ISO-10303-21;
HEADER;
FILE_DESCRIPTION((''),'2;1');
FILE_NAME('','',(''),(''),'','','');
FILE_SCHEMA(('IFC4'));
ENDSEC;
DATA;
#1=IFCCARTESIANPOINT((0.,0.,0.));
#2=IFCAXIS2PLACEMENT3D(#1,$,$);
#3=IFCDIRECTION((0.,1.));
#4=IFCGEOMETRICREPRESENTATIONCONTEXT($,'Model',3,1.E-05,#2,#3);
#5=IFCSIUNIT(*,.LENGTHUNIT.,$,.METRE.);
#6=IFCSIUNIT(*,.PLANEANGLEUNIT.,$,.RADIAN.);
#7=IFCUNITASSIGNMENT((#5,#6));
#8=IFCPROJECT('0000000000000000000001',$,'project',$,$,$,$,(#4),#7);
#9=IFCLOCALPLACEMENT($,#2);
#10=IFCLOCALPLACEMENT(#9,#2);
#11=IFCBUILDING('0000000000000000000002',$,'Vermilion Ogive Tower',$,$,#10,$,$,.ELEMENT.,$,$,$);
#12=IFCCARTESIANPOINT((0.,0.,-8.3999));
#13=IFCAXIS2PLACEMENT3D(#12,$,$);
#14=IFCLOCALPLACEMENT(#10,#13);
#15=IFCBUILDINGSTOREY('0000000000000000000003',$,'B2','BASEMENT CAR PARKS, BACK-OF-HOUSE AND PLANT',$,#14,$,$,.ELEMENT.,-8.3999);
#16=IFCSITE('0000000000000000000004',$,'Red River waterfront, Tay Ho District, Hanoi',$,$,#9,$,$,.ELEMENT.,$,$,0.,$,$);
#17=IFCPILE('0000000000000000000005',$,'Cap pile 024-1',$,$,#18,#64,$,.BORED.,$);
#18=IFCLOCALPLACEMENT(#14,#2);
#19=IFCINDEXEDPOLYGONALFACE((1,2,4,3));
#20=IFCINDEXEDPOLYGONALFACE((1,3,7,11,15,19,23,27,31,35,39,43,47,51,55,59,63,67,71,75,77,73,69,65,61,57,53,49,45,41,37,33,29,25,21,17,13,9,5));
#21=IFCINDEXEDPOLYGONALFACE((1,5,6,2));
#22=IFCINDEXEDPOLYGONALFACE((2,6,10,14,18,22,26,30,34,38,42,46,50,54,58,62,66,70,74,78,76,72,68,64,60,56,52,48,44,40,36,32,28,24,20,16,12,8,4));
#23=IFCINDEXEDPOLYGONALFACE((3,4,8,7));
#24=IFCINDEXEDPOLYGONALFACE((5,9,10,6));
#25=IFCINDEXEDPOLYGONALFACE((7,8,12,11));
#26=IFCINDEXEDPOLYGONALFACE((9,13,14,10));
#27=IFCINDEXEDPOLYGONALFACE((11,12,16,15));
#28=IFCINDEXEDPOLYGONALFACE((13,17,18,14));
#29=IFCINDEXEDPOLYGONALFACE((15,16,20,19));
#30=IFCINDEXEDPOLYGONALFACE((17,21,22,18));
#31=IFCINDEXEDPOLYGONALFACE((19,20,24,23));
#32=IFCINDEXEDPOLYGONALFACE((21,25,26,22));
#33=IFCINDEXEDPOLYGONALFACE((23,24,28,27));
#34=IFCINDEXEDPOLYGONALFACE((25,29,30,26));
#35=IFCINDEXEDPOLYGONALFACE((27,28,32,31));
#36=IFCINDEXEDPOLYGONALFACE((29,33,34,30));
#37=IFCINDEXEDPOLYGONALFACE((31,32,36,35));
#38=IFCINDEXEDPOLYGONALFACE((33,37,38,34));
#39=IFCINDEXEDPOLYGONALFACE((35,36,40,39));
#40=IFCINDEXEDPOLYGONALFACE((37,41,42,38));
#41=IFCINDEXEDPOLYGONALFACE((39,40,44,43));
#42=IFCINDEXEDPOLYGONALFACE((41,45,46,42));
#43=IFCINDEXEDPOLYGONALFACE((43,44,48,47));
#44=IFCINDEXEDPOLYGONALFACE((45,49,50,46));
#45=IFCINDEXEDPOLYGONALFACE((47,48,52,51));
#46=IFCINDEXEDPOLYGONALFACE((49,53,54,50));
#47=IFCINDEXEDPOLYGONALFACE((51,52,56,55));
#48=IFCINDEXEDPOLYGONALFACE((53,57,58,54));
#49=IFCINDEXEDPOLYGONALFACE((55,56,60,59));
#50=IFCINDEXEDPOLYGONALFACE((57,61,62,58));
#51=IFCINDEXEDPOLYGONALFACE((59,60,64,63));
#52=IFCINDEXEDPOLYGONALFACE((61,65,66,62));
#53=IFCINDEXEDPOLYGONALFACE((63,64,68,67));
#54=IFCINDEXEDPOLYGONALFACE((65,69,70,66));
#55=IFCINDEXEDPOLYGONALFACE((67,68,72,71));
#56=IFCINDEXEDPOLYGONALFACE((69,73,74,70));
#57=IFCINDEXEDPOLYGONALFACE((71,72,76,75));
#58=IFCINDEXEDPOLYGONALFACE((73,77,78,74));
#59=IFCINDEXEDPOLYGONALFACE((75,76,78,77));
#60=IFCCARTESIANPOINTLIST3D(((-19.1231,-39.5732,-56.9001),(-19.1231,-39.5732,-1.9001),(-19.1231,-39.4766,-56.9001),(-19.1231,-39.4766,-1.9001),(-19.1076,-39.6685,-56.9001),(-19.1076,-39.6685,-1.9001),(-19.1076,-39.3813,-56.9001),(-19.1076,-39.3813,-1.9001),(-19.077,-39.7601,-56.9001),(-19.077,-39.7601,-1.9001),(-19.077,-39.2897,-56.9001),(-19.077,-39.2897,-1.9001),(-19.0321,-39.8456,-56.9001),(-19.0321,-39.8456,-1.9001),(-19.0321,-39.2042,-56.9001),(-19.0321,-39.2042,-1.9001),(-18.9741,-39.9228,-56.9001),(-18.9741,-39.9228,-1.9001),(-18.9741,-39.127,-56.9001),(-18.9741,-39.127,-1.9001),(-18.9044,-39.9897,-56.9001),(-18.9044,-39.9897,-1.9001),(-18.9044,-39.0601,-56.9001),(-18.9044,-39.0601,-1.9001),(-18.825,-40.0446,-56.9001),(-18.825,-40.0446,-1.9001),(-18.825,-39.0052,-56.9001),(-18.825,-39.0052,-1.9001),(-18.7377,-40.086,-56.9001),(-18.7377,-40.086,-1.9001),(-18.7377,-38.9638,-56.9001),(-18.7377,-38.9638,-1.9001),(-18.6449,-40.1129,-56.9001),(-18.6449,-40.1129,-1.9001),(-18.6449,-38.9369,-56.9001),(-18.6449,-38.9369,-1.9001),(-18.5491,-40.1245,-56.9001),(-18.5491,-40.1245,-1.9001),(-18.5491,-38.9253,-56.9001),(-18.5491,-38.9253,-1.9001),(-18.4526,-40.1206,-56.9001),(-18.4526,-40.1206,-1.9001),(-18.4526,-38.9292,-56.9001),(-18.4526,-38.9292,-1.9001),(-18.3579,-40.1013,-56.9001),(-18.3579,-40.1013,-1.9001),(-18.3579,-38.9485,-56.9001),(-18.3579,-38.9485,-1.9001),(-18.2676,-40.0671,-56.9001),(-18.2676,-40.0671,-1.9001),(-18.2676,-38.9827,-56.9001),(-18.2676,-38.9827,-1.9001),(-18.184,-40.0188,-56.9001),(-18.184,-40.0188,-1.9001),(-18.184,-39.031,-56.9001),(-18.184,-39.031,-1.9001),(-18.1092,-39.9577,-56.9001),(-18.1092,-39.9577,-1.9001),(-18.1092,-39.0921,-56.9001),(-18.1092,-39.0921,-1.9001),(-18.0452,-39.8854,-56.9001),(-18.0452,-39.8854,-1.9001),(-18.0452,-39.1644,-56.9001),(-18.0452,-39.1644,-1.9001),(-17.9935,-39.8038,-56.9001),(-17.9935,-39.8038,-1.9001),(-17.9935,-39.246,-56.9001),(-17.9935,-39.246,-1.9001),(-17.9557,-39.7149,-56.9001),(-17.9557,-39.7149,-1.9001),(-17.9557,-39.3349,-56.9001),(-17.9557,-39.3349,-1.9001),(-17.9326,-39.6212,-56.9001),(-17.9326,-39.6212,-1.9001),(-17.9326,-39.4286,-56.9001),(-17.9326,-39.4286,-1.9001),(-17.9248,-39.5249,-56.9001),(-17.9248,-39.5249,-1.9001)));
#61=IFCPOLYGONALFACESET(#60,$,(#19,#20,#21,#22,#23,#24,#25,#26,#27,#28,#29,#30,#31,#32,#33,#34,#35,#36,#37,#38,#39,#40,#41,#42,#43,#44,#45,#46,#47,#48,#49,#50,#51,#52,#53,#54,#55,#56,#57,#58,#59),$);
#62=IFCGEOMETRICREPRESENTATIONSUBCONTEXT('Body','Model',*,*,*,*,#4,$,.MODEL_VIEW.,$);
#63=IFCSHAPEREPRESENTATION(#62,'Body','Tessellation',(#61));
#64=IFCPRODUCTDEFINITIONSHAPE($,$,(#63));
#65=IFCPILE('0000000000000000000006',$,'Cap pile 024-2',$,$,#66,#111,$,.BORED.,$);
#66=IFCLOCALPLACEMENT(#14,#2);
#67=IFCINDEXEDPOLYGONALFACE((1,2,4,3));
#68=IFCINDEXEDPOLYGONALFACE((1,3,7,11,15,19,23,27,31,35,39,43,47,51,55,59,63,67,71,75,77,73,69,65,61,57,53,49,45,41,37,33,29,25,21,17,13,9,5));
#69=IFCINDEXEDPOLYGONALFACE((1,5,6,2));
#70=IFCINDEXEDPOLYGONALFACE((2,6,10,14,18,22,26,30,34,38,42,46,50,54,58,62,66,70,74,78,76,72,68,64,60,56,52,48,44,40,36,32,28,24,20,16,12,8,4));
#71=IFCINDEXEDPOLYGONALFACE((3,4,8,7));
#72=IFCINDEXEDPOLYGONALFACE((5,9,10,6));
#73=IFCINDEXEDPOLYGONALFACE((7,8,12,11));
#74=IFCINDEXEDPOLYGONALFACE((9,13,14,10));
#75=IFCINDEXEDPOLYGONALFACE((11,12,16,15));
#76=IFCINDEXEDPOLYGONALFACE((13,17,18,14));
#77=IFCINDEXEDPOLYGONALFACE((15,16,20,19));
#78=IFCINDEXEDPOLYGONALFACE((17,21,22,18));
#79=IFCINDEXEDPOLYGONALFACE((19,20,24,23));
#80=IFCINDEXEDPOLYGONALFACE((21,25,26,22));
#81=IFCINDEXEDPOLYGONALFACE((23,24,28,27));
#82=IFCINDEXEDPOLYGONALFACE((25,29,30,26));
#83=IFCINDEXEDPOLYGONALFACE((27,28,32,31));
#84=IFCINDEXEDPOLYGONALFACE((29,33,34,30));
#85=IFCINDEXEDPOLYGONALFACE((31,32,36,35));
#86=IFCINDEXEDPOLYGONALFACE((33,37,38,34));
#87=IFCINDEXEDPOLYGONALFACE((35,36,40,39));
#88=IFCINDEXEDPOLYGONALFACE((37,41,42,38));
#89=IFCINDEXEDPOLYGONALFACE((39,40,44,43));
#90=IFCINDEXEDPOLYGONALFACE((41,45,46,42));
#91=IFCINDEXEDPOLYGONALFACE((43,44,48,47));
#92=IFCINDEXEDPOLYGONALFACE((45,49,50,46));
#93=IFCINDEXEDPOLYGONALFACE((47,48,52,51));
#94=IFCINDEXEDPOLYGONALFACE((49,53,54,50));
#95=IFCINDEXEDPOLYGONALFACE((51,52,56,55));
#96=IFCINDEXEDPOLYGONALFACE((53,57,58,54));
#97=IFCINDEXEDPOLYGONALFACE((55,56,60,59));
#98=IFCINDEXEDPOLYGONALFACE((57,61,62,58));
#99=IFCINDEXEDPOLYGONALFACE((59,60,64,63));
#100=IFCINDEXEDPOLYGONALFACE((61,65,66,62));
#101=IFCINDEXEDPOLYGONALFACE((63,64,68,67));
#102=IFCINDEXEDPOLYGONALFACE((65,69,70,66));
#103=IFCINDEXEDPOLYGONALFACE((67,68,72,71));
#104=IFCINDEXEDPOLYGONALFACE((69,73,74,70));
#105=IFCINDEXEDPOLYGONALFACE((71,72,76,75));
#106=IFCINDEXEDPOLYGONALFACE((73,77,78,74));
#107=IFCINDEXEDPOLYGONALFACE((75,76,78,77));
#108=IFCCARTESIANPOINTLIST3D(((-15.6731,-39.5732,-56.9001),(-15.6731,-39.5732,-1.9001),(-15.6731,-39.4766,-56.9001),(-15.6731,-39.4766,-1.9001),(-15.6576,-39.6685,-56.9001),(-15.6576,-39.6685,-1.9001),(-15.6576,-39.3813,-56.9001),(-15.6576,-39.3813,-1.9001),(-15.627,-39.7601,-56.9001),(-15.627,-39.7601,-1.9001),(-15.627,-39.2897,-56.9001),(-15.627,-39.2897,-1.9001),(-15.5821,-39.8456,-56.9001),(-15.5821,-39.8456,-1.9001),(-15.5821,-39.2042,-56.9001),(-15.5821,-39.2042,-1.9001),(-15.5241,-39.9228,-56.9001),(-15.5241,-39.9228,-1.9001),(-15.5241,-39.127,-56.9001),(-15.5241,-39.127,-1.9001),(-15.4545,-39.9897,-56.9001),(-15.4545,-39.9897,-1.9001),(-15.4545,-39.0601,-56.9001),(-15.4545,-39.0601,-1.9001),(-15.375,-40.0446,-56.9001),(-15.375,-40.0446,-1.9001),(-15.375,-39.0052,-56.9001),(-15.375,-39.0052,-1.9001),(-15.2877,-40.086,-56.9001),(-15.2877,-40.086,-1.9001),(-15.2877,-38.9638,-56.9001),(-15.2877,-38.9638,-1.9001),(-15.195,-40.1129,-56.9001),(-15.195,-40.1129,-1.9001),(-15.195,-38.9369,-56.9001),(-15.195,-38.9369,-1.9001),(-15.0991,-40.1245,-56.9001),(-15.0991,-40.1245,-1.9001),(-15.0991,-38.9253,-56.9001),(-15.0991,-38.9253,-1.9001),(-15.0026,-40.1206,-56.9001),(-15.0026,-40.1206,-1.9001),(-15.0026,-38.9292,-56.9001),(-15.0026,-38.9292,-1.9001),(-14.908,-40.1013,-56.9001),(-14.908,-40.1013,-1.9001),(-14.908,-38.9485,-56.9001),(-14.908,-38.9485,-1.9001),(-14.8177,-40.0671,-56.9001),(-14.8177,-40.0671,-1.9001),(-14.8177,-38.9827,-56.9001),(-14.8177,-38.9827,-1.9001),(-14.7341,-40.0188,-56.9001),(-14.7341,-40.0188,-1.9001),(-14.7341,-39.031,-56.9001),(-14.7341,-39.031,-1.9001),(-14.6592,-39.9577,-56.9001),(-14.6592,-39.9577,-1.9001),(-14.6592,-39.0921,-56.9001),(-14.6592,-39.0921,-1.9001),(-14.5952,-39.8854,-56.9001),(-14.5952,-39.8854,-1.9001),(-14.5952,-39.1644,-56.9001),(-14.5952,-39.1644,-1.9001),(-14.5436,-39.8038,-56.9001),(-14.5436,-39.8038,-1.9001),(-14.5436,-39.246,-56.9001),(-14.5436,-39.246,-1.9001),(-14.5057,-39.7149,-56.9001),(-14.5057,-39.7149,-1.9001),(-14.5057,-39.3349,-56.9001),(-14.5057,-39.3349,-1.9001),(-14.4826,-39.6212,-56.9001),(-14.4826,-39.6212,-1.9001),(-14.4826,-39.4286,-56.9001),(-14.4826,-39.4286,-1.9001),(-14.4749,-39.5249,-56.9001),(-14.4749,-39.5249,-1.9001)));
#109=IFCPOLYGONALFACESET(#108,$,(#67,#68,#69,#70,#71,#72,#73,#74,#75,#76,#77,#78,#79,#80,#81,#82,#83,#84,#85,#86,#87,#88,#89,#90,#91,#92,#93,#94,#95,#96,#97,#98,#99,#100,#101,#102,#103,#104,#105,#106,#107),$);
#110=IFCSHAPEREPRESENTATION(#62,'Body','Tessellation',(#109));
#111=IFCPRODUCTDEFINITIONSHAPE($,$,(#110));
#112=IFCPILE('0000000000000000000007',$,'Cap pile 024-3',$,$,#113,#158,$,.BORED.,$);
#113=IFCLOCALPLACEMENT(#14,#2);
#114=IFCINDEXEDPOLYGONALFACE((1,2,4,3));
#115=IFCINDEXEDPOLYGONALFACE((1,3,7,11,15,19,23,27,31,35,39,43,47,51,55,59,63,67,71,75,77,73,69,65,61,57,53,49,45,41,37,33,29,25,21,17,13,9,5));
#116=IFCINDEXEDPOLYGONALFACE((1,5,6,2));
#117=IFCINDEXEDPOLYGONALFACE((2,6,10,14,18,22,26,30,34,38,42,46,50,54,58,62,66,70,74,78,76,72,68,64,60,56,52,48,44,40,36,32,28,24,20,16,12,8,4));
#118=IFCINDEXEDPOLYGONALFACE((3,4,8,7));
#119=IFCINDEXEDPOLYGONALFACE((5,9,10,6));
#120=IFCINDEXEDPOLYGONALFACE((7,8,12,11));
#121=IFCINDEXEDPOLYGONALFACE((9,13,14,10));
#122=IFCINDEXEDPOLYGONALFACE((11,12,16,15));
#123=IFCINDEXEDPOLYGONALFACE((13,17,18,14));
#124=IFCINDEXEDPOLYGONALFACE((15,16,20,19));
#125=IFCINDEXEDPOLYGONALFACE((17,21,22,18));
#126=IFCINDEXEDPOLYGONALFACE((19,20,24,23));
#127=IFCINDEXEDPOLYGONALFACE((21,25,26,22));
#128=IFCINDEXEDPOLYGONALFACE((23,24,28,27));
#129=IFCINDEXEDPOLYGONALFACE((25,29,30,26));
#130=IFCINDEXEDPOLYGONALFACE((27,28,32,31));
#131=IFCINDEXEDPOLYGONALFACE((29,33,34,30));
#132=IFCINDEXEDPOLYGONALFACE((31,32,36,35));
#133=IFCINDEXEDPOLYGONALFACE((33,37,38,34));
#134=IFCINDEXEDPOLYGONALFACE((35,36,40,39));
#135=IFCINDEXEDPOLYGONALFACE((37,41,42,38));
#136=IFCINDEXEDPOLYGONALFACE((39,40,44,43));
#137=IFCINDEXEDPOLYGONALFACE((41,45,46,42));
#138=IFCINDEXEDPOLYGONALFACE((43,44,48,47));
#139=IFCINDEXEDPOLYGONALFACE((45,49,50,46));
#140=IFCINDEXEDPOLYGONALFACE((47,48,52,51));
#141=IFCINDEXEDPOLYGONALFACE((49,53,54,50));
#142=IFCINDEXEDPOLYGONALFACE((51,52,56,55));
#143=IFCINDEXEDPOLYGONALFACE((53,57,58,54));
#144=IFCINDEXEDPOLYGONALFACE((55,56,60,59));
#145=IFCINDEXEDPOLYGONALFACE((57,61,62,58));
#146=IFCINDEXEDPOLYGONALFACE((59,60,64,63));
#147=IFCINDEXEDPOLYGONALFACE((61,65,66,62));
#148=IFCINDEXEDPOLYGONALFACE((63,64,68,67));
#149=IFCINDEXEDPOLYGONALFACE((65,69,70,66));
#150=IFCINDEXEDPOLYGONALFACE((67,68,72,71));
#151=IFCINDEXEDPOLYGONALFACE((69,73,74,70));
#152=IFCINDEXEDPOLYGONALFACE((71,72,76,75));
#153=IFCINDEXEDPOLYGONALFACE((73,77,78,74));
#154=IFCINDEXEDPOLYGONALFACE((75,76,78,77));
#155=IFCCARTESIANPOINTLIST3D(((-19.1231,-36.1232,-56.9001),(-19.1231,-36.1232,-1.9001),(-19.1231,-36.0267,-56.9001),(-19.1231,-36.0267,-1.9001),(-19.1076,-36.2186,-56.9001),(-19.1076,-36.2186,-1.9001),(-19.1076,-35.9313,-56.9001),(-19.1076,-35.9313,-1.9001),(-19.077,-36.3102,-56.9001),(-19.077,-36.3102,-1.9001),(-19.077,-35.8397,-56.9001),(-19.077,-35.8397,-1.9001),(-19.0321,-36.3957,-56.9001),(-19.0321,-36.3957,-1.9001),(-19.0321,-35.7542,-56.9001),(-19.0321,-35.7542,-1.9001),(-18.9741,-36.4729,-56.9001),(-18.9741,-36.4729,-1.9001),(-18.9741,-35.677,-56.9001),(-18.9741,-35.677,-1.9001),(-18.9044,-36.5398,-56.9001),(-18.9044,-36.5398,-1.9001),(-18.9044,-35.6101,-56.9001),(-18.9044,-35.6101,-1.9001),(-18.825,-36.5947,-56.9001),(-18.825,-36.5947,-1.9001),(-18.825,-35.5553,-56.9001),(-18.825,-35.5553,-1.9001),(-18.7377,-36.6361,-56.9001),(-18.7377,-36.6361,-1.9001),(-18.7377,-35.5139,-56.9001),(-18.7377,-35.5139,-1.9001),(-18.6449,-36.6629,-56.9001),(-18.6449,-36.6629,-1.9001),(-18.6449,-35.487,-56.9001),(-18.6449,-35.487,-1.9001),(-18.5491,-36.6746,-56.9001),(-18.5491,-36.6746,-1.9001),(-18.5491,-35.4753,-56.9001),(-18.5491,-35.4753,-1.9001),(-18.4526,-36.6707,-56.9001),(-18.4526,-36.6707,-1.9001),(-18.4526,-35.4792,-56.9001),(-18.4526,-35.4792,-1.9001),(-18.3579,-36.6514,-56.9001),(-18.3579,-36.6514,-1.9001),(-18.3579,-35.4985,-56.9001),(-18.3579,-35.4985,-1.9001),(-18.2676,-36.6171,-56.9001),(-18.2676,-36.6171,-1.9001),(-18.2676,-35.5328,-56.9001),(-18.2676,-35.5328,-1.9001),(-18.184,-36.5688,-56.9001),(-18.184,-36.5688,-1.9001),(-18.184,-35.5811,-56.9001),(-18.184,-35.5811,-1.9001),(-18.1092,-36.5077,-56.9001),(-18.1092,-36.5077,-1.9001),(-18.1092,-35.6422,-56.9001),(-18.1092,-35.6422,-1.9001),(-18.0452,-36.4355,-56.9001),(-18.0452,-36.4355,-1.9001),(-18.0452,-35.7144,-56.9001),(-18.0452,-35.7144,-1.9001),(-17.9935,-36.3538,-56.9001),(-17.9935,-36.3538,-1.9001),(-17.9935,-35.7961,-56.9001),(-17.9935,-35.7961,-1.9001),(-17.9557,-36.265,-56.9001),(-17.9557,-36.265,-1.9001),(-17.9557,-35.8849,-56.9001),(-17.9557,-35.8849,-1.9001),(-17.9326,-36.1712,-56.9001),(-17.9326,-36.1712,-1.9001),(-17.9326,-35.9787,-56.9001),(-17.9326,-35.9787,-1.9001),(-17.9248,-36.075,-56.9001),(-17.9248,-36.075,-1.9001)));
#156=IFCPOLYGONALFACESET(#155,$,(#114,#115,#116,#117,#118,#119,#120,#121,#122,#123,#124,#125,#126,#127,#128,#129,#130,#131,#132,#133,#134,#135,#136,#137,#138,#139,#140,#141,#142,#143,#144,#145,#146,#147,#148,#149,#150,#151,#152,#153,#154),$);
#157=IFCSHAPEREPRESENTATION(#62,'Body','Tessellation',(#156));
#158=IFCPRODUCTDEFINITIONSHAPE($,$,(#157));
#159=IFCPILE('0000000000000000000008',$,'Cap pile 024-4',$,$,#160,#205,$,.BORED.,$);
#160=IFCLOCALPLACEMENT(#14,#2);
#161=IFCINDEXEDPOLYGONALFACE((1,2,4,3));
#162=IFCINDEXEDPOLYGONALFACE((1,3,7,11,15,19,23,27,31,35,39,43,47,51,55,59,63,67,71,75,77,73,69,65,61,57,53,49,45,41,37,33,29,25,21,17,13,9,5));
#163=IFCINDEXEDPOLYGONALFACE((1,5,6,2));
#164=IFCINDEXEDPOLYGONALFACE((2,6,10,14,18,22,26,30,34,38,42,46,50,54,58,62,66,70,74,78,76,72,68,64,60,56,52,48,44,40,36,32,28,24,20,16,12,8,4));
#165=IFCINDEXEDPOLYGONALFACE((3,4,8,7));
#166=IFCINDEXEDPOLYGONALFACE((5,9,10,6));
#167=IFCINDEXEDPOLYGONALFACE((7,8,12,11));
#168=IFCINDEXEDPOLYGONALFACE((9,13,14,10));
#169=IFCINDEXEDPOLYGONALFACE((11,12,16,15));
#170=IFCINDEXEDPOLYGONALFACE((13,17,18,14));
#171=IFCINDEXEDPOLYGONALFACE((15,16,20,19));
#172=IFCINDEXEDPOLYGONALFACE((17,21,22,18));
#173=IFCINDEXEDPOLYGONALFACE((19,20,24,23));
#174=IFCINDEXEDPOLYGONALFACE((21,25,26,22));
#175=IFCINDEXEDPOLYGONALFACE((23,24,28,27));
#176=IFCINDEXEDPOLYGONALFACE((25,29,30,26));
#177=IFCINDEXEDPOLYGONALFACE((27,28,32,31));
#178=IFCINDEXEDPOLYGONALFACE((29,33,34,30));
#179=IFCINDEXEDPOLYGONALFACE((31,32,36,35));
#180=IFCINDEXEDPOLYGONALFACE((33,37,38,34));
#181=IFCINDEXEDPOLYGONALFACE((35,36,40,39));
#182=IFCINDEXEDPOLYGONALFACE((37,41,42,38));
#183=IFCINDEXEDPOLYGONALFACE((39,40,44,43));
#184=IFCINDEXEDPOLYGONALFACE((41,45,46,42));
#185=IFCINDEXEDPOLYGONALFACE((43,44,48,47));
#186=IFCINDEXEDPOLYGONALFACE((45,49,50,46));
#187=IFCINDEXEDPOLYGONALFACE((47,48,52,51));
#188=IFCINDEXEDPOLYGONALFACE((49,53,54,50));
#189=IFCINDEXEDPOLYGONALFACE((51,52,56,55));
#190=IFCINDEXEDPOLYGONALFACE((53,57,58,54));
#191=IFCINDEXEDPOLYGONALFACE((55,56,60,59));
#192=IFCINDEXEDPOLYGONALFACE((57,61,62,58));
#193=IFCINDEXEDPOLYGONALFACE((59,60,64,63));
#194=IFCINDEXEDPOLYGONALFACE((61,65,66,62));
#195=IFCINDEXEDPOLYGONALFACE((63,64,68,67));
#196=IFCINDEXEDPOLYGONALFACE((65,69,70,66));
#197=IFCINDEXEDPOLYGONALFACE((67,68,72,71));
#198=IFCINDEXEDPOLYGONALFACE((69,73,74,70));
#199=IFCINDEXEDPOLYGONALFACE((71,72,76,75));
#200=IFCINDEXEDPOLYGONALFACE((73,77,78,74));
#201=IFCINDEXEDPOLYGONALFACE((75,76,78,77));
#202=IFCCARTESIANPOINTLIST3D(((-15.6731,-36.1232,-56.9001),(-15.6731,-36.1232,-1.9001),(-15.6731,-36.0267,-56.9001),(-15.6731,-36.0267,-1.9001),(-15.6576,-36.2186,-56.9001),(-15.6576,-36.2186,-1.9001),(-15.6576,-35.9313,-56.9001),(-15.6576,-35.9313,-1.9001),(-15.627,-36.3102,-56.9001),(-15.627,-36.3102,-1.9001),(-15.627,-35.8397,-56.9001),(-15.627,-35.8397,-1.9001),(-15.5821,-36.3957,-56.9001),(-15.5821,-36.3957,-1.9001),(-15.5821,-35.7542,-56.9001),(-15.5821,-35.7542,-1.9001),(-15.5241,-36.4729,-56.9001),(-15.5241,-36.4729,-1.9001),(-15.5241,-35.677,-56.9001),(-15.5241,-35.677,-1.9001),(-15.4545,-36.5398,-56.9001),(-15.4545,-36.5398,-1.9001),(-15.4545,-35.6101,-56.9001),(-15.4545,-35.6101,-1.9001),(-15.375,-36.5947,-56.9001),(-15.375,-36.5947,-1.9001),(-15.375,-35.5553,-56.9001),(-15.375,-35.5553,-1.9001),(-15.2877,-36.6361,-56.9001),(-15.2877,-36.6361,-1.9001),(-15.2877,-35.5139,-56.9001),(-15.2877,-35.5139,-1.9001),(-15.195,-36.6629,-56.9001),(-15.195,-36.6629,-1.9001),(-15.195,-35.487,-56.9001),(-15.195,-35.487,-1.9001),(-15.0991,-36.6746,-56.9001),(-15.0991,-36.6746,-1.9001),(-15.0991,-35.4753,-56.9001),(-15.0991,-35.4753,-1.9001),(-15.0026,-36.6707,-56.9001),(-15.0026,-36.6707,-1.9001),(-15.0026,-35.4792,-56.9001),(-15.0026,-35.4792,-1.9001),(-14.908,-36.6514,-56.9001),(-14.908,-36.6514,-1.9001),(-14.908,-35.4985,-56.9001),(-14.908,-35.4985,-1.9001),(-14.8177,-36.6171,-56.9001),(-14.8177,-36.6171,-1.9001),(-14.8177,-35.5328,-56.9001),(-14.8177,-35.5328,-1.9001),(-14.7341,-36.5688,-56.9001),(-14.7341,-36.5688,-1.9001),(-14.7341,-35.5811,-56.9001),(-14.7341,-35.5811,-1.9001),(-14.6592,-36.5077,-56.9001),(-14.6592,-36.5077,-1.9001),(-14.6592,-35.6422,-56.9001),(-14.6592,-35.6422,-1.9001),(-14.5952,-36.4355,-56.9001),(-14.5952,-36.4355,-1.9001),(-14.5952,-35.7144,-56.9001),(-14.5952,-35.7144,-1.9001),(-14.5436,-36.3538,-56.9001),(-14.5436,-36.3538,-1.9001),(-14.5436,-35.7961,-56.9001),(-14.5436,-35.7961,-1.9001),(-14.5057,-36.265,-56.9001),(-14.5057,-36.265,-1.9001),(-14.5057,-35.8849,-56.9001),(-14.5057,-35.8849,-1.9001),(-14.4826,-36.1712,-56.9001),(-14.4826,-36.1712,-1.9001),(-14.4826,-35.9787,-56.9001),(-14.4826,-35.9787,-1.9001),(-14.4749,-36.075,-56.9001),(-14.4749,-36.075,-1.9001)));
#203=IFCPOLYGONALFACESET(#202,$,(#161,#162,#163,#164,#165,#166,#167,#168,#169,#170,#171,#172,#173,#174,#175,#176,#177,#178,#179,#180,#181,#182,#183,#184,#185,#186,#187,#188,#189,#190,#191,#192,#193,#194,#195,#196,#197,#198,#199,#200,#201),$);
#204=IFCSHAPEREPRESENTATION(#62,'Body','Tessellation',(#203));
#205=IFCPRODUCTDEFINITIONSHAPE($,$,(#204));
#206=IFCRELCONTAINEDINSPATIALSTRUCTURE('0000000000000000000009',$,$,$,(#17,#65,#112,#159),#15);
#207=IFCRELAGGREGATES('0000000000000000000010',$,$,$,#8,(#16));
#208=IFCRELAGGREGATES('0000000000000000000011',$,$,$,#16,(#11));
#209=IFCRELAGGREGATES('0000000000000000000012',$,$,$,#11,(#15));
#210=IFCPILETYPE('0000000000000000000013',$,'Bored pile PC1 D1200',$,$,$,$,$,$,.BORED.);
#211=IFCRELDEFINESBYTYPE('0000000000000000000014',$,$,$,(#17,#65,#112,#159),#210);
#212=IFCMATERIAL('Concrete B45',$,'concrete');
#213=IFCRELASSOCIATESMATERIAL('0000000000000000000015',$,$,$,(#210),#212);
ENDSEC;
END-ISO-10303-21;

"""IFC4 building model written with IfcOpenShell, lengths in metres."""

from ifc_helpers import new_model, si_unit, direction, frame, origin, origin_2d, place, context, subcontext, project, spatial, circle, extrude, material, type_object, element, save


model = new_model("IFC4")

# Units and contexts
model_context = context("Model", 3, precision=1e-05, world=origin(), true_north=direction((0.0, 1.0)))
body_context = subcontext(model_context, "Body", "Model", "MODEL_VIEW")
ifc_project = project(units=[si_unit("LENGTHUNIT", "METRE"), si_unit("PLANEANGLEUNIT", "RADIAN")], contexts=[model_context])

# Site, building, storey
site_placement = place(None, origin())
site = spatial("IfcSite", under=ifc_project, at=site_placement, Name="Red River waterfront, Tay Ho District, Hanoi", CompositionType="ELEMENT", RefElevation=0.0)
building_placement = place(site_placement, origin())
building = spatial("IfcBuilding", under=site, at=building_placement, Name="Vermilion Ogive Tower", CompositionType="ELEMENT")
storey_placement = place(building_placement, frame((0.0, 0.0, -8.3999)))
storey = spatial("IfcBuildingStorey", under=building, at=storey_placement, Name="B2", Description="BASEMENT CAR PARKS, BACK-OF-HOUSE AND PLANT", CompositionType="ELEMENT", Elevation=-8.3999)

# Piles
ifc_material_1 = material(Name="Concrete B45", Category="concrete")
pile_type_1 = type_object("IfcPileType", Name="Bored pile PC1 D1200", PredefinedType="BORED", material=ifc_material_1)
for number, where, z_axis, x_axis, name in (
    (1, (-18.5249, -39.5249, -1.9001), (0.0, 0.0, -1.0), (1.0, 0.0, 0.0), "Cap pile 024-1"),
    (2, (-15.075, -39.5249, -1.9001), (0.0, 0.0, -1.0), (1.0, 0.0, 0.0), "Cap pile 024-2"),
    (3, (-18.5249, -36.075, -1.9001), (0.0, 0.0, -1.0), (1.0, 0.0, 0.0), "Cap pile 024-3"),
    (4, (-15.075, -36.075, -1.9001), (0.0, 0.0, -1.0), (1.0, 0.0, 0.0), "Cap pile 024-4"),
):
    element("IfcPile", number, at=place(storey_placement, frame(where, z_axis=z_axis, x_axis=x_axis)), inside=storey, type_object=pile_type_1, Name=name, PredefinedType="BORED", context=body_context, shape_type="SweptSolid", body=[
        extrude(circle(Radius=0.6001, at=origin_2d()), origin(), (0.0, 0.0, 1.0), 55.0),
    ])

save(model, "model.ifc")
